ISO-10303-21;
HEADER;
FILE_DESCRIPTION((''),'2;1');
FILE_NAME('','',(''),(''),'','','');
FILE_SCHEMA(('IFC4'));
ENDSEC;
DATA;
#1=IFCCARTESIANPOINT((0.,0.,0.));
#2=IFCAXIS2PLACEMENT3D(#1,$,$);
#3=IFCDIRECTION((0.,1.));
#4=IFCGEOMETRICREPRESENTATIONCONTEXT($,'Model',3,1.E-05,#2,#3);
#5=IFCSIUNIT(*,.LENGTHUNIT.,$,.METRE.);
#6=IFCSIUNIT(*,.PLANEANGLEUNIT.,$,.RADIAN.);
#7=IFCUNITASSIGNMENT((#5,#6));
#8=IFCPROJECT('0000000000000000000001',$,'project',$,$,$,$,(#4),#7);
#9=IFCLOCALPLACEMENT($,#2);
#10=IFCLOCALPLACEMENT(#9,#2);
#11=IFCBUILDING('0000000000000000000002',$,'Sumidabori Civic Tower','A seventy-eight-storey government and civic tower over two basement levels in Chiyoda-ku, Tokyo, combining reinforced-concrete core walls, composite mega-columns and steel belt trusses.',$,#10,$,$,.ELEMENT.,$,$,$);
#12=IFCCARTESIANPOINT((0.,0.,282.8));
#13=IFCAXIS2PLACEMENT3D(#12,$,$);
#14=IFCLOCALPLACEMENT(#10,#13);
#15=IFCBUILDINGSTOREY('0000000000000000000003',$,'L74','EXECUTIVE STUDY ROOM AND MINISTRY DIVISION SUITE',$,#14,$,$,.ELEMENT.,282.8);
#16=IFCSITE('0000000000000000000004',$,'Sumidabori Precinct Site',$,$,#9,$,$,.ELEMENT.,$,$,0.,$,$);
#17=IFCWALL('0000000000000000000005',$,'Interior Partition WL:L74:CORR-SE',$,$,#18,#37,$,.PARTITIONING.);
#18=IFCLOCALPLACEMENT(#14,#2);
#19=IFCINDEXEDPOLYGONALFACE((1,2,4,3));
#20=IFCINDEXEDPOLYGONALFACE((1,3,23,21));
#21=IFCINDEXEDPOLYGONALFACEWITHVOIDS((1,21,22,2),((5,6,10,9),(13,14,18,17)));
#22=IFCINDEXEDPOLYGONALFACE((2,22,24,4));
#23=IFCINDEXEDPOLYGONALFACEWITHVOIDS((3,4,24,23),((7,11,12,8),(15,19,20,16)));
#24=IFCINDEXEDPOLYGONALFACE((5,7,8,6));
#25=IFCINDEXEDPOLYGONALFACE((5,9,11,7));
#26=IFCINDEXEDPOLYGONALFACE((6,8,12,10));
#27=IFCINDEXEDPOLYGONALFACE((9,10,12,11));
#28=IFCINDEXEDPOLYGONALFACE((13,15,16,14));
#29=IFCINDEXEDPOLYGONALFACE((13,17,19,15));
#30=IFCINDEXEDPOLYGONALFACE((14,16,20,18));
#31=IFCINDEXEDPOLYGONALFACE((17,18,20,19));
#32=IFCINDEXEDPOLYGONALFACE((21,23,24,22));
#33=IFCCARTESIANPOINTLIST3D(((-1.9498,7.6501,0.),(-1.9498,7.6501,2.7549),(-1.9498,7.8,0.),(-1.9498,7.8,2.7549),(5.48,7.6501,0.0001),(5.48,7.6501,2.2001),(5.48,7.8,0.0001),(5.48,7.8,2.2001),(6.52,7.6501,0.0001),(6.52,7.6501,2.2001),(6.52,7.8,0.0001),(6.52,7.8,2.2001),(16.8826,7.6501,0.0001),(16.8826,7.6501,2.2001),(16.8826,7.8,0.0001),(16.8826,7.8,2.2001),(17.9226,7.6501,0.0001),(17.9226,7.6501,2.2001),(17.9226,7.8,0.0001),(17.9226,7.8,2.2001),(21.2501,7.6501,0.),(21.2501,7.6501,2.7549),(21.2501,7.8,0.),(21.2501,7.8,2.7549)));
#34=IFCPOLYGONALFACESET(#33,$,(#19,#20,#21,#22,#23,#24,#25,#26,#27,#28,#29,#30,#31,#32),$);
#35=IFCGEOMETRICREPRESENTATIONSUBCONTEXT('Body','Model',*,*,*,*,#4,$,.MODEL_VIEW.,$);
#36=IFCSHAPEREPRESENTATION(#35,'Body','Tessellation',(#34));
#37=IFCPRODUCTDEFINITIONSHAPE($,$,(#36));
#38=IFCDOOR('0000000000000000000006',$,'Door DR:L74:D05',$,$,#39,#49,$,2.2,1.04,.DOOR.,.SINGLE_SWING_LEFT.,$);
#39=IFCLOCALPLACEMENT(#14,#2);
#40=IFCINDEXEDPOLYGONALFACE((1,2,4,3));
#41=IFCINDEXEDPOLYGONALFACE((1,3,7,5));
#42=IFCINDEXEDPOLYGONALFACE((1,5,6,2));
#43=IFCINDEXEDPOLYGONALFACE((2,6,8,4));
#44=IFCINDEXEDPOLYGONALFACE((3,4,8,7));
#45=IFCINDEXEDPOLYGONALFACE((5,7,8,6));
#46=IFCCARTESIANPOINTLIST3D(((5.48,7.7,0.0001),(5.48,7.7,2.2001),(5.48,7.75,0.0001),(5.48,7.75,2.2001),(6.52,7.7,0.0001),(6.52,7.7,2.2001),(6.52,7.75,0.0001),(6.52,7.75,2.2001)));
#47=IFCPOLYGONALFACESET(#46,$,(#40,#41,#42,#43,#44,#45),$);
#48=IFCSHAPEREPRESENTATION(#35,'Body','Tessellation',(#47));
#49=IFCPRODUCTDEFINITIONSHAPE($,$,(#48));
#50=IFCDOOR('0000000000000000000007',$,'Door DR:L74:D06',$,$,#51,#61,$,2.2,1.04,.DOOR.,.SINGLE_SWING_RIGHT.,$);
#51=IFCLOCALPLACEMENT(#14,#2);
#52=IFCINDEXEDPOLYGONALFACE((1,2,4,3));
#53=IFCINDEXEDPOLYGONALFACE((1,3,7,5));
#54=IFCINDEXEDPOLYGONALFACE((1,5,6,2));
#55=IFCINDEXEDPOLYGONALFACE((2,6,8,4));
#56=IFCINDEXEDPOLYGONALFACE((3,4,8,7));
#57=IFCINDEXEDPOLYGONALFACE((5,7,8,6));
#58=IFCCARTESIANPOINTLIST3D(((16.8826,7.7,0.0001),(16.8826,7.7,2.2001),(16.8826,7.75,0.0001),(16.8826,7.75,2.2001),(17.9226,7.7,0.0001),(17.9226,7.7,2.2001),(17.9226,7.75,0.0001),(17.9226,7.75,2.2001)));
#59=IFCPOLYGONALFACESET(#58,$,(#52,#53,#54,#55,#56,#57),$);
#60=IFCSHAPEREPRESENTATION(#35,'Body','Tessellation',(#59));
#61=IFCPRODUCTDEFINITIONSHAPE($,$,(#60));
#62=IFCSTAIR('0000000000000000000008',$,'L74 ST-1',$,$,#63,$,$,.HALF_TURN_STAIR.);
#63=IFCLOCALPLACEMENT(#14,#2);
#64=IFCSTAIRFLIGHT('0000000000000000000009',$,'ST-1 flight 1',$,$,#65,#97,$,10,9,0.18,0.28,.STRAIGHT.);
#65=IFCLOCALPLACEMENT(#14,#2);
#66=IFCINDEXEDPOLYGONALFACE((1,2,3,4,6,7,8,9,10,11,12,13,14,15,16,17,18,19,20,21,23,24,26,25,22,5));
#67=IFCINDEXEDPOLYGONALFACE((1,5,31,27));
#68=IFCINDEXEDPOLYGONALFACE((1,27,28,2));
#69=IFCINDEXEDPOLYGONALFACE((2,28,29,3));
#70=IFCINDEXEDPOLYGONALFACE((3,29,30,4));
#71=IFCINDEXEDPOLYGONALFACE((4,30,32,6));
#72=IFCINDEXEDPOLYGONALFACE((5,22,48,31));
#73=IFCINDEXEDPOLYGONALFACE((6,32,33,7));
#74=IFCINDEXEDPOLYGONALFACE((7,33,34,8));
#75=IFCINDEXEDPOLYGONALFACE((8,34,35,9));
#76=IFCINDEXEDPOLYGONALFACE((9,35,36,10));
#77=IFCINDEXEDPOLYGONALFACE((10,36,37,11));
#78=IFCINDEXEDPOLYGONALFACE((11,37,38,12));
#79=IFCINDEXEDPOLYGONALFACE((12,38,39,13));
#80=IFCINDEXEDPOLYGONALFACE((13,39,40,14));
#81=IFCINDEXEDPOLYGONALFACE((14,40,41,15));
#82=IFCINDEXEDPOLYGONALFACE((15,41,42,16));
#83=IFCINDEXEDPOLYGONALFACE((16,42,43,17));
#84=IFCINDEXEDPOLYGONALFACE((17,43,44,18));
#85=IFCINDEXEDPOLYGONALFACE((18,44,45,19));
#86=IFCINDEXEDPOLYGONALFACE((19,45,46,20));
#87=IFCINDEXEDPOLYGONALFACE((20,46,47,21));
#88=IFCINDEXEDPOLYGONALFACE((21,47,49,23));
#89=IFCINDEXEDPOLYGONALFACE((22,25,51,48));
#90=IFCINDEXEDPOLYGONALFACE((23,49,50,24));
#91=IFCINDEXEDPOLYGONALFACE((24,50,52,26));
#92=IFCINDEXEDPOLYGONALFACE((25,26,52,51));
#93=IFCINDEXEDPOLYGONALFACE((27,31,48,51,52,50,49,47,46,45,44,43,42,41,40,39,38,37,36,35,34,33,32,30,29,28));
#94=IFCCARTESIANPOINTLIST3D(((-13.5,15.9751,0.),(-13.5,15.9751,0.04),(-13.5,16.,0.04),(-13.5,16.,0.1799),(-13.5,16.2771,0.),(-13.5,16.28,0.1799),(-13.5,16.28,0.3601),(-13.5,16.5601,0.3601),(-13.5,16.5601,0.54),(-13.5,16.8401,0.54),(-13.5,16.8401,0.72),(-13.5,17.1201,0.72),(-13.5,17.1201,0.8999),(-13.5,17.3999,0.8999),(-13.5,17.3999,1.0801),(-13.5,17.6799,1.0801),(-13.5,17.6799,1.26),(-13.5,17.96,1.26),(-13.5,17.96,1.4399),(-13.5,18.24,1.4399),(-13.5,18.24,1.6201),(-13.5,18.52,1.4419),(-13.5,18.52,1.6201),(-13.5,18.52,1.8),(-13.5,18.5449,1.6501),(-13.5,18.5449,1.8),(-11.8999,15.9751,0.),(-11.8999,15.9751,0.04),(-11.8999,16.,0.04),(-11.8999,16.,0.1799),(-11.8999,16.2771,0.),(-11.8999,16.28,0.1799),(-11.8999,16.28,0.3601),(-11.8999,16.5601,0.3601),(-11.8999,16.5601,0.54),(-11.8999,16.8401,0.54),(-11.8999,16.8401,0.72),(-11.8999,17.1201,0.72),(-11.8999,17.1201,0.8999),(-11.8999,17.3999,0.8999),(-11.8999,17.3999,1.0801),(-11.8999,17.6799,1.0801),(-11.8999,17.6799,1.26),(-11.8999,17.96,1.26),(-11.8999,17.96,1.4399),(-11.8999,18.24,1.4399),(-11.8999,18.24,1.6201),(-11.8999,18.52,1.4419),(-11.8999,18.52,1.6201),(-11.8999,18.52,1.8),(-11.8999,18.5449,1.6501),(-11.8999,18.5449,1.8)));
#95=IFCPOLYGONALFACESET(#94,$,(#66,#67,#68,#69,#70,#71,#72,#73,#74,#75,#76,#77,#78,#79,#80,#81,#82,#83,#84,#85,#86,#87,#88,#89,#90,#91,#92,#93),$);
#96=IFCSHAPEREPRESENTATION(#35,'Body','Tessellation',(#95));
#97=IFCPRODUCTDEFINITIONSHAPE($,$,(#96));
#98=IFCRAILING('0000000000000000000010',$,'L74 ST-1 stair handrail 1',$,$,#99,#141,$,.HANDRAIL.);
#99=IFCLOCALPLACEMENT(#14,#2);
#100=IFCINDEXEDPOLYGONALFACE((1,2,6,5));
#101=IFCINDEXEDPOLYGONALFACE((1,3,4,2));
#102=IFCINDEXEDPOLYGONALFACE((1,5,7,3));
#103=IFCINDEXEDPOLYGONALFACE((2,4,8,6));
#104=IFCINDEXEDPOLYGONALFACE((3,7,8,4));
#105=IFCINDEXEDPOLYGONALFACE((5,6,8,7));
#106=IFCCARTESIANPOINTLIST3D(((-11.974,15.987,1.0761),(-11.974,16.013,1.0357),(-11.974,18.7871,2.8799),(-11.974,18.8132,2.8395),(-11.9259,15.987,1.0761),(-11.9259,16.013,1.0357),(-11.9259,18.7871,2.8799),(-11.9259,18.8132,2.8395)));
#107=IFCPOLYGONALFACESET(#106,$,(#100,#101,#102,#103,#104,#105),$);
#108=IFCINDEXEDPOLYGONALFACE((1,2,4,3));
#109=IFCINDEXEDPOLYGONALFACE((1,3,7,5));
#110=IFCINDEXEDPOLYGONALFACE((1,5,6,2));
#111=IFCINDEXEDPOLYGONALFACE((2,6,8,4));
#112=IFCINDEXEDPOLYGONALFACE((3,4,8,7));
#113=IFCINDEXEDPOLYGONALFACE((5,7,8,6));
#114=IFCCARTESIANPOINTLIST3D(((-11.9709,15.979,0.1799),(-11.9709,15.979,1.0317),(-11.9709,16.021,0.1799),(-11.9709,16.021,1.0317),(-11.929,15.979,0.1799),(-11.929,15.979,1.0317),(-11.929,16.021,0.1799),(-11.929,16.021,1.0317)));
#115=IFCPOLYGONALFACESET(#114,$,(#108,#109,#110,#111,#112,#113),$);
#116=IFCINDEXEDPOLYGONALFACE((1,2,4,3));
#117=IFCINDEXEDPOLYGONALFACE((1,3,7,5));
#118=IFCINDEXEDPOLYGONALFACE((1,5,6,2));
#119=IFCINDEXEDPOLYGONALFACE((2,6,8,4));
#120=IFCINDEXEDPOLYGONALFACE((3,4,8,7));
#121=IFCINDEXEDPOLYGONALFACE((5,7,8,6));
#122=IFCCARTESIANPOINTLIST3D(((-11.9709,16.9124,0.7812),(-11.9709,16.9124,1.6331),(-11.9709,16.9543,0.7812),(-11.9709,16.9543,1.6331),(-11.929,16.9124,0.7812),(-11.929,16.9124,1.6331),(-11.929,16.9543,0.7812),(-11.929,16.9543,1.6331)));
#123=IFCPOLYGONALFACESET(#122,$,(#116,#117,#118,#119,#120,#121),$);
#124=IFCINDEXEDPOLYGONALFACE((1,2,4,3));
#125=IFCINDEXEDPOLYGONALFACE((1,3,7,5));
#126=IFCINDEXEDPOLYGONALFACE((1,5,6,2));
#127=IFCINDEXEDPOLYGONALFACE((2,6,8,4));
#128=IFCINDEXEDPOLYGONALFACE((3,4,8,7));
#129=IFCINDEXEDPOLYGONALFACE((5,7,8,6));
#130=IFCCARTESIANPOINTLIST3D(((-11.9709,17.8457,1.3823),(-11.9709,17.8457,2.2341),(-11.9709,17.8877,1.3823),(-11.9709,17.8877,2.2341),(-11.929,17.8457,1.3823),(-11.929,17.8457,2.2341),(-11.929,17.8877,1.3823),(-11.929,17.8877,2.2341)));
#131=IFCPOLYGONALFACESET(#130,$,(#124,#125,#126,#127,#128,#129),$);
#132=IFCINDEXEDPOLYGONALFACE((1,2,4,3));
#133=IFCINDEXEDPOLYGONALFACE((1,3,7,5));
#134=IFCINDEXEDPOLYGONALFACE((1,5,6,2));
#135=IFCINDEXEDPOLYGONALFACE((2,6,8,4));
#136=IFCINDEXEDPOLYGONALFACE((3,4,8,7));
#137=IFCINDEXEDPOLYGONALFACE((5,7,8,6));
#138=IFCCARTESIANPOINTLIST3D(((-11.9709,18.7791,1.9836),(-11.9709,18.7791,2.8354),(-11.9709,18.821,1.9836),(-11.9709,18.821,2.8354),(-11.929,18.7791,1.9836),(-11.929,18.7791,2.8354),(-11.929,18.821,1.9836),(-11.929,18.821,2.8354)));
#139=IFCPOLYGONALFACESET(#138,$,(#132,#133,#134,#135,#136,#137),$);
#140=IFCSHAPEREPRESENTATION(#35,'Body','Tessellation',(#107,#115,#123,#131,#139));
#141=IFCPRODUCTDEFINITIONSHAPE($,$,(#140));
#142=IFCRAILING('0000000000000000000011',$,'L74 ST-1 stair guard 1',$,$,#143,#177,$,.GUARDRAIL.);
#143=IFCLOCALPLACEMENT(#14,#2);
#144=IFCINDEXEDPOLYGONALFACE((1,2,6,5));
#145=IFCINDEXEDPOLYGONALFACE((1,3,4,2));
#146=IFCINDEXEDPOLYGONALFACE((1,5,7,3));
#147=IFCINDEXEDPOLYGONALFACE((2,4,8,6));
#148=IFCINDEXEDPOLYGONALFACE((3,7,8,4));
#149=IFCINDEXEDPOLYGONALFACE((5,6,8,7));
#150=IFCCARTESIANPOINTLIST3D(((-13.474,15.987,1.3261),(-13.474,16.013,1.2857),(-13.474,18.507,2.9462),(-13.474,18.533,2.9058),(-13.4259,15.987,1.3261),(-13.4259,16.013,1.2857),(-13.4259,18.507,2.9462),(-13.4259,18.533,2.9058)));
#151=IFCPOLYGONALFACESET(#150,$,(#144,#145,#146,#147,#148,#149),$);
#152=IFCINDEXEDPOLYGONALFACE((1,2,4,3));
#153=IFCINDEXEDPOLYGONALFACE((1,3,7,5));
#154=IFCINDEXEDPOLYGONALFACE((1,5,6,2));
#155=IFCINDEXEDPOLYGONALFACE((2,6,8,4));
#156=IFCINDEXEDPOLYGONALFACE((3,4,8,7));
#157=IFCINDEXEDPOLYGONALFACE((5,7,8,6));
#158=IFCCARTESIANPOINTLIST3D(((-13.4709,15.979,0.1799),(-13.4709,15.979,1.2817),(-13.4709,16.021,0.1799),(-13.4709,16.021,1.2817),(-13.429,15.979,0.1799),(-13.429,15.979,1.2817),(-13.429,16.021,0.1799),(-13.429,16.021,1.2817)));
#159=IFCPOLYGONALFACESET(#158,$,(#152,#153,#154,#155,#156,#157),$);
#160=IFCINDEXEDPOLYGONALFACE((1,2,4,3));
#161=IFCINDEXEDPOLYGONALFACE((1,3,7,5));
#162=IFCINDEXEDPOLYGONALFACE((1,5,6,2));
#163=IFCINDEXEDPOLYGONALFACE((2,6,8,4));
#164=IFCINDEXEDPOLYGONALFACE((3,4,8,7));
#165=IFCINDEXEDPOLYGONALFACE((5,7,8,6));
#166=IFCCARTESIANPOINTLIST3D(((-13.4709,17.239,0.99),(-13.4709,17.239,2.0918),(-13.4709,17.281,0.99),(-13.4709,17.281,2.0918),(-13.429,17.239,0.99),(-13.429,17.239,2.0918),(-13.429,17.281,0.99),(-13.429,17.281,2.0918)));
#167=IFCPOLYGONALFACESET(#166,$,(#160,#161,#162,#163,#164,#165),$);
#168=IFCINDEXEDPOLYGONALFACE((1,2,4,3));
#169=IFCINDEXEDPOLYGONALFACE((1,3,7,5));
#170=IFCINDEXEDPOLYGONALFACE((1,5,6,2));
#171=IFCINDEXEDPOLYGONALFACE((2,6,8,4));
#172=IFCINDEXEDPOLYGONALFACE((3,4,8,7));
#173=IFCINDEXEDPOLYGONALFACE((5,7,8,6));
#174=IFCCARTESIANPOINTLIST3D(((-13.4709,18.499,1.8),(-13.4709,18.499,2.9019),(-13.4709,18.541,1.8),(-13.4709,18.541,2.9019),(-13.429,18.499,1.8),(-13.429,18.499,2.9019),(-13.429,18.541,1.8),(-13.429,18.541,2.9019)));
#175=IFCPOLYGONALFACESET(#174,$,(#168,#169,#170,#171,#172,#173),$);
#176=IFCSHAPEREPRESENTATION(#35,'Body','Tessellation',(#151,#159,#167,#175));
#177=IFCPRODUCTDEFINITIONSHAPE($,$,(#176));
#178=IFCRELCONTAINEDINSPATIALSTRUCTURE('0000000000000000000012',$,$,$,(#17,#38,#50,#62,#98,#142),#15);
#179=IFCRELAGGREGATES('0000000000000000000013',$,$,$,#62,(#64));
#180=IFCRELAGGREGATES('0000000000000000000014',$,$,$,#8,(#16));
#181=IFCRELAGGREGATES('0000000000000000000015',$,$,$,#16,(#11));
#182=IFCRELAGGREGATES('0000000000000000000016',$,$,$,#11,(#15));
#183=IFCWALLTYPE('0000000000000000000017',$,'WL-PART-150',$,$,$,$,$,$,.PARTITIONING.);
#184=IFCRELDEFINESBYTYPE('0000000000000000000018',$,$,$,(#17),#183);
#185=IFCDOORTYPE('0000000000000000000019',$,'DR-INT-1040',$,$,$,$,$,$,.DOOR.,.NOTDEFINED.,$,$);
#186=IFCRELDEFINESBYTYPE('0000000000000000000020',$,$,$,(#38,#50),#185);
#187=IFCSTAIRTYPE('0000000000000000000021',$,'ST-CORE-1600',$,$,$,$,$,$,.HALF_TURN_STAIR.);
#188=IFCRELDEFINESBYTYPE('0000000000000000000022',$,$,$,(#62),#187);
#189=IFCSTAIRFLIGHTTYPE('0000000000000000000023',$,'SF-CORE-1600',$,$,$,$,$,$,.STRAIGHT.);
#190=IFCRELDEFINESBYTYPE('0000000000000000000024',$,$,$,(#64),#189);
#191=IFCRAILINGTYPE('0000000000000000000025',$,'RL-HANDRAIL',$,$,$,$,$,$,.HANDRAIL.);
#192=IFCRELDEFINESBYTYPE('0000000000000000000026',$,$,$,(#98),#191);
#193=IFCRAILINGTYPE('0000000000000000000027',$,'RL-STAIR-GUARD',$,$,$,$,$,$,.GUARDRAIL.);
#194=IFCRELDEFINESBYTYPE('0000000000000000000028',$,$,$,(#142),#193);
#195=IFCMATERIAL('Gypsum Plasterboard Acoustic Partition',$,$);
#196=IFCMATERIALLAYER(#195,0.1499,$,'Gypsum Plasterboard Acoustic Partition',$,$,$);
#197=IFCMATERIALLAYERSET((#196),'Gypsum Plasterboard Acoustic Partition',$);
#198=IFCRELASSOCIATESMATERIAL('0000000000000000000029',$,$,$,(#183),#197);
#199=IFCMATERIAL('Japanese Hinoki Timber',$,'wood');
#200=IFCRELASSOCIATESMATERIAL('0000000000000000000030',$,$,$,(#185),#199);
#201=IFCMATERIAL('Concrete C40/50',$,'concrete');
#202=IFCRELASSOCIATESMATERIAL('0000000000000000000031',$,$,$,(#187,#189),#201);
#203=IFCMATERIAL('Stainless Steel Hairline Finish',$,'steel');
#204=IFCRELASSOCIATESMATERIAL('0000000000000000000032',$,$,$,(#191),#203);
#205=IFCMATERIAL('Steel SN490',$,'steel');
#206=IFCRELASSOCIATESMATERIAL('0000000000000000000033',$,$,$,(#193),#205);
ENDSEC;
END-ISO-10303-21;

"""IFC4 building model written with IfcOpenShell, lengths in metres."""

from ifc_helpers import new_model, si_unit, direction, frame, frame_2d, origin, origin_2d, place, context, subcontext, project, spatial, polyline, rectangle, outline, extrude, source, transform, mapped, material, layer, layer_set, type_object, element, fill, aggregate, save


model = new_model("IFC4")

# Units and contexts
model_context = context("Model", 3, precision=1e-05, world=origin(), true_north=direction((0.0, 1.0)))
body_context = subcontext(model_context, "Body", "Model", "MODEL_VIEW")
ifc_project = project(units=[si_unit("LENGTHUNIT", "METRE"), si_unit("PLANEANGLEUNIT", "RADIAN")], contexts=[model_context])

# Site, building, storey
site_placement = place(None, origin())
site = spatial("IfcSite", under=ifc_project, at=site_placement, Name="Sumidabori Precinct Site", CompositionType="ELEMENT", RefElevation=0.0)
building_placement = place(site_placement, origin())
building = spatial("IfcBuilding", under=site, at=building_placement, Name="Sumidabori Civic Tower", Description="A seventy-eight-storey government and civic tower over two basement levels in Chiyoda-ku, Tokyo, combining reinforced-concrete core walls, composite mega-columns and steel belt trusses.", CompositionType="ELEMENT")
storey_placement = place(building_placement, frame((0.0, 0.0, 282.8)))
storey = spatial("IfcBuildingStorey", under=building, at=storey_placement, Name="L74", Description="EXECUTIVE STUDY ROOM AND MINISTRY DIVISION SUITE", CompositionType="ELEMENT", Elevation=282.8)

# Shared definitions
ifc_material_1 = material(Name="Stainless Steel Hairline Finish", Category="steel")

# Shared definitions
ifc_material_2 = material(Name="Gypsum Plasterboard Acoustic Partition")
ifc_layer_1 = layer(ifc_material_2, 0.1499, Name="Gypsum Plasterboard Acoustic Partition")
ifc_layer_set_1 = layer_set([ifc_layer_1], Name="Gypsum Plasterboard Acoustic Partition")
wall_type_1 = type_object("IfcWallType", Name="WL-PART-150", PredefinedType="PARTITIONING", material=ifc_layer_set_1)

# Shared definitions
ifc_material_3 = material(Name="Japanese Hinoki Timber", Category="wood")

# Shared definitions
ifc_material_4 = material(Name="Steel SN490", Category="steel")

# Wall, openings, doors
shared_shape_1 = source(origin(), body_context, "Body", "SweptSolid", [
    extrude(rectangle(XDim=23.2, YDim=0.1499, at=frame_2d((11.6001, 0.0))), origin(), (0.0, 0.0, 1.0), 2.7549),
])
wall_1_placement = place(storey_placement, frame((-1.95, 7.7251, 0.0), z_axis=(0.0, 0.0, 1.0), x_axis=(1.0, 0.0, 0.0)))
wall_1 = element("IfcWall", 1, at=wall_1_placement, inside=storey, type_object=wall_type_1, Name="Interior Partition WL:L74:CORR-SE", PredefinedType="PARTITIONING", context=body_context, shape_type="MappedRepresentation", body=[
    mapped(shared_shape_1, transform((0.0, 0.0, 0.0), x_axis=(1.0, 0.0, 0.0), y_axis=(0.0, 1.0, 0.0), z_axis=(0.0, 0.0, 1.0), scale=1.0)),
])
opening_1_placement = place(wall_1_placement, frame((7.4299, 0.0, 0.0)))
opening_1 = element("IfcOpeningElement", 2, at=opening_1_placement, cuts=wall_1, PredefinedType="OPENING", context=body_context, shape_type="SweptSolid", body=[
    extrude(rectangle(XDim=1.04, YDim=2.2, at=frame_2d((0.52, 1.1001))), frame((0.0, 0.0869, 0.0), z_axis=(0.0, -1.0, 0.0), x_axis=(1.0, 0.0, 0.0)), (0.0, 0.0, 1.0), 0.1738),
])
opening_2_placement = place(wall_1_placement, frame((18.8325, 0.0, 0.0)))
opening_2 = element("IfcOpeningElement", 3, at=opening_2_placement, cuts=wall_1, PredefinedType="OPENING", context=body_context, shape_type="SweptSolid", body=[
    extrude(rectangle(XDim=1.04, YDim=2.2, at=frame_2d((0.52, 1.1001))), frame((0.0, 0.0869, 0.0), z_axis=(0.0, -1.0, 0.0), x_axis=(1.0, 0.0, 0.0)), (0.0, 0.0, 1.0), 0.1738),
])
door_type_1 = type_object("IfcDoorType", Name="DR-INT-1040", OperationType="NOTDEFINED", PredefinedType="DOOR", material=ifc_material_3)
shared_shape_2 = source(origin(), body_context, "Body", "SweptSolid", [
    extrude(rectangle(XDim=1.04, YDim=2.2, at=frame_2d((0.52, 1.1001))), frame((0.0, 0.0249, 0.0), z_axis=(0.0, -1.0, 0.0), x_axis=(1.0, 0.0, 0.0)), (0.0, 0.0, 1.0), 0.05),
])
door_1_placement = place(opening_1_placement, origin())
door_1 = element("IfcDoor", 4, at=door_1_placement, inside=storey, type_object=door_type_1, Name="Door DR:L74:D05", OperationType="SINGLE_SWING_LEFT", OverallHeight=2.2, OverallWidth=1.04, PredefinedType="DOOR", context=body_context, shape_type="MappedRepresentation", body=[
    mapped(shared_shape_2, transform((0.0, 0.0, 0.0), x_axis=(1.0, 0.0, 0.0), y_axis=(0.0, 1.0, 0.0), z_axis=(0.0, 0.0, 1.0), scale=1.0)),
])
fill(opening_1, door_1)
door_2_placement = place(opening_2_placement, origin())
door_2 = element("IfcDoor", 5, at=door_2_placement, inside=storey, type_object=door_type_1, Name="Door DR:L74:D06", OperationType="SINGLE_SWING_RIGHT", OverallHeight=2.2, OverallWidth=1.04, PredefinedType="DOOR", context=body_context, shape_type="MappedRepresentation", body=[
    mapped(shared_shape_2, transform((0.0, 0.0, 0.0), x_axis=(1.0, 0.0, 0.0), y_axis=(0.0, 1.0, 0.0), z_axis=(0.0, 0.0, 1.0), scale=1.0)),
])
fill(opening_2, door_2)

# Stair, stair flight
ifc_material_5 = material(Name="Concrete C40/50", Category="concrete")
stair_type = type_object("IfcStairType", Name="ST-CORE-1600", PredefinedType="HALF_TURN_STAIR", material=ifc_material_5)
stair_placement = place(storey_placement, origin())
stair = element("IfcStair", 6, at=stair_placement, inside=storey, type_object=stair_type, Name="L74 ST-1", PredefinedType="HALF_TURN_STAIR")
stair_flight_type = type_object("IfcStairFlightType", Name="SF-CORE-1600", PredefinedType="STRAIGHT", material=ifc_material_5)
shared_shape_3 = source(origin(), body_context, "Body", "SweptSolid", [
    extrude(outline(polyline([(-0.0249, 0.0), (-0.0249, 0.04), (0.0, 0.04), (0.0, 0.1799), (0.28, 0.1799), (0.28, 0.3601), (0.5601, 0.3601), (0.5601, 0.54), (0.8401, 0.54), (0.8401, 0.72), (1.1201, 0.72), (1.1201, 0.8999), (1.3999, 0.8999), (1.3999, 1.0801), (1.6799, 1.0801), (1.6799, 1.26), (1.96, 1.26), (1.96, 1.4399), (2.24, 1.4399), (2.24, 1.6201), (2.52, 1.6201), (2.52, 1.8), (2.5449, 1.8), (2.5449, 1.6501), (2.52, 1.4419), (0.2771, 0.0), (-0.0249, 0.0)])), frame((0.0, 0.8, 0.0), z_axis=(0.0, -1.0, 0.0), x_axis=(1.0, 0.0, 0.0)), (0.0, 0.0, 1.0), 1.6001),
])
stair_flight_placement = place(storey_placement, frame((-12.7, 16.0, 0.0), z_axis=(0.0, 0.0, 1.0), x_axis=(0.0, 1.0, 0.0)))
stair_flight = element("IfcStairFlight", 7, at=stair_flight_placement, type_object=stair_flight_type, Name="ST-1 flight 1", NumberOfRisers=10, NumberOfTreads=9, PredefinedType="STRAIGHT", RiserHeight=0.18, TreadLength=0.28, context=body_context, shape_type="MappedRepresentation", body=[
    mapped(shared_shape_3, transform((0.0, 0.0, 0.0), x_axis=(1.0, 0.0, 0.0), y_axis=(0.0, 1.0, 0.0), z_axis=(0.0, 0.0, 1.0), scale=1.0)),
])
aggregate(stair, [stair_flight])

# Railings
railing_type_1 = type_object("IfcRailingType", Name="RL-HANDRAIL", PredefinedType="HANDRAIL", material=ifc_material_1)
railing_1_placement = place(storey_placement, frame((-11.95, 16.0, 0.1799)))
element("IfcRailing", 8, at=railing_1_placement, inside=storey, type_object=railing_type_1, Name="L74 ST-1 stair handrail 1", PredefinedType="HANDRAIL", context=body_context, shape_type="SweptSolid", body=[
    extrude(rectangle(XDim=0.0481, YDim=0.0481, at=origin_2d()), frame((0.0, 0.0, 0.876), z_axis=(0.0, 0.840676, 0.541539), x_axis=(-1.0, 0.0, 0.0)), (0.0, 0.0, 1.0), 3.3308),
    extrude(rectangle(XDim=0.042, YDim=0.042, at=origin_2d()), origin(), (0.0, 0.0, 1.0), 0.8518),
    extrude(rectangle(XDim=0.042, YDim=0.042, at=origin_2d()), frame((0.0, 0.9333, 0.6013)), (0.0, 0.0, 1.0), 0.8518),
    extrude(rectangle(XDim=0.042, YDim=0.042, at=origin_2d()), frame((0.0, 1.8667, 1.2024)), (0.0, 0.0, 1.0), 0.8518),
    extrude(rectangle(XDim=0.042, YDim=0.042, at=origin_2d()), frame((0.0, 2.8, 1.8037)), (0.0, 0.0, 1.0), 0.8518),
])
railing_type_2 = type_object("IfcRailingType", Name="RL-STAIR-GUARD", PredefinedType="GUARDRAIL", material=ifc_material_4)
railing_2_placement = place(storey_placement, frame((-13.45, 16.0, 0.1799)))
element("IfcRailing", 9, at=railing_2_placement, inside=storey, type_object=railing_type_2, Name="L74 ST-1 stair guard 1", PredefinedType="GUARDRAIL", context=body_context, shape_type="SweptSolid", body=[
    extrude(rectangle(XDim=0.0481, YDim=0.0481, at=origin_2d()), frame((0.0, 0.0, 1.126), z_axis=(0.0, 0.841163, 0.540782), x_axis=(-1.0, 0.0, 0.0)), (0.0, 0.0, 1.0), 2.9958),
    extrude(rectangle(XDim=0.042, YDim=0.042, at=origin_2d()), origin(), (0.0, 0.0, 1.0), 1.1018),
    extrude(rectangle(XDim=0.042, YDim=0.042, at=origin_2d()), frame((0.0, 1.26, 0.8101)), (0.0, 0.0, 1.0), 1.1018),
    extrude(rectangle(XDim=0.042, YDim=0.042, at=origin_2d()), frame((0.0, 2.52, 1.6201)), (0.0, 0.0, 1.0), 1.1018),
])

save(model, "model.ifc")
